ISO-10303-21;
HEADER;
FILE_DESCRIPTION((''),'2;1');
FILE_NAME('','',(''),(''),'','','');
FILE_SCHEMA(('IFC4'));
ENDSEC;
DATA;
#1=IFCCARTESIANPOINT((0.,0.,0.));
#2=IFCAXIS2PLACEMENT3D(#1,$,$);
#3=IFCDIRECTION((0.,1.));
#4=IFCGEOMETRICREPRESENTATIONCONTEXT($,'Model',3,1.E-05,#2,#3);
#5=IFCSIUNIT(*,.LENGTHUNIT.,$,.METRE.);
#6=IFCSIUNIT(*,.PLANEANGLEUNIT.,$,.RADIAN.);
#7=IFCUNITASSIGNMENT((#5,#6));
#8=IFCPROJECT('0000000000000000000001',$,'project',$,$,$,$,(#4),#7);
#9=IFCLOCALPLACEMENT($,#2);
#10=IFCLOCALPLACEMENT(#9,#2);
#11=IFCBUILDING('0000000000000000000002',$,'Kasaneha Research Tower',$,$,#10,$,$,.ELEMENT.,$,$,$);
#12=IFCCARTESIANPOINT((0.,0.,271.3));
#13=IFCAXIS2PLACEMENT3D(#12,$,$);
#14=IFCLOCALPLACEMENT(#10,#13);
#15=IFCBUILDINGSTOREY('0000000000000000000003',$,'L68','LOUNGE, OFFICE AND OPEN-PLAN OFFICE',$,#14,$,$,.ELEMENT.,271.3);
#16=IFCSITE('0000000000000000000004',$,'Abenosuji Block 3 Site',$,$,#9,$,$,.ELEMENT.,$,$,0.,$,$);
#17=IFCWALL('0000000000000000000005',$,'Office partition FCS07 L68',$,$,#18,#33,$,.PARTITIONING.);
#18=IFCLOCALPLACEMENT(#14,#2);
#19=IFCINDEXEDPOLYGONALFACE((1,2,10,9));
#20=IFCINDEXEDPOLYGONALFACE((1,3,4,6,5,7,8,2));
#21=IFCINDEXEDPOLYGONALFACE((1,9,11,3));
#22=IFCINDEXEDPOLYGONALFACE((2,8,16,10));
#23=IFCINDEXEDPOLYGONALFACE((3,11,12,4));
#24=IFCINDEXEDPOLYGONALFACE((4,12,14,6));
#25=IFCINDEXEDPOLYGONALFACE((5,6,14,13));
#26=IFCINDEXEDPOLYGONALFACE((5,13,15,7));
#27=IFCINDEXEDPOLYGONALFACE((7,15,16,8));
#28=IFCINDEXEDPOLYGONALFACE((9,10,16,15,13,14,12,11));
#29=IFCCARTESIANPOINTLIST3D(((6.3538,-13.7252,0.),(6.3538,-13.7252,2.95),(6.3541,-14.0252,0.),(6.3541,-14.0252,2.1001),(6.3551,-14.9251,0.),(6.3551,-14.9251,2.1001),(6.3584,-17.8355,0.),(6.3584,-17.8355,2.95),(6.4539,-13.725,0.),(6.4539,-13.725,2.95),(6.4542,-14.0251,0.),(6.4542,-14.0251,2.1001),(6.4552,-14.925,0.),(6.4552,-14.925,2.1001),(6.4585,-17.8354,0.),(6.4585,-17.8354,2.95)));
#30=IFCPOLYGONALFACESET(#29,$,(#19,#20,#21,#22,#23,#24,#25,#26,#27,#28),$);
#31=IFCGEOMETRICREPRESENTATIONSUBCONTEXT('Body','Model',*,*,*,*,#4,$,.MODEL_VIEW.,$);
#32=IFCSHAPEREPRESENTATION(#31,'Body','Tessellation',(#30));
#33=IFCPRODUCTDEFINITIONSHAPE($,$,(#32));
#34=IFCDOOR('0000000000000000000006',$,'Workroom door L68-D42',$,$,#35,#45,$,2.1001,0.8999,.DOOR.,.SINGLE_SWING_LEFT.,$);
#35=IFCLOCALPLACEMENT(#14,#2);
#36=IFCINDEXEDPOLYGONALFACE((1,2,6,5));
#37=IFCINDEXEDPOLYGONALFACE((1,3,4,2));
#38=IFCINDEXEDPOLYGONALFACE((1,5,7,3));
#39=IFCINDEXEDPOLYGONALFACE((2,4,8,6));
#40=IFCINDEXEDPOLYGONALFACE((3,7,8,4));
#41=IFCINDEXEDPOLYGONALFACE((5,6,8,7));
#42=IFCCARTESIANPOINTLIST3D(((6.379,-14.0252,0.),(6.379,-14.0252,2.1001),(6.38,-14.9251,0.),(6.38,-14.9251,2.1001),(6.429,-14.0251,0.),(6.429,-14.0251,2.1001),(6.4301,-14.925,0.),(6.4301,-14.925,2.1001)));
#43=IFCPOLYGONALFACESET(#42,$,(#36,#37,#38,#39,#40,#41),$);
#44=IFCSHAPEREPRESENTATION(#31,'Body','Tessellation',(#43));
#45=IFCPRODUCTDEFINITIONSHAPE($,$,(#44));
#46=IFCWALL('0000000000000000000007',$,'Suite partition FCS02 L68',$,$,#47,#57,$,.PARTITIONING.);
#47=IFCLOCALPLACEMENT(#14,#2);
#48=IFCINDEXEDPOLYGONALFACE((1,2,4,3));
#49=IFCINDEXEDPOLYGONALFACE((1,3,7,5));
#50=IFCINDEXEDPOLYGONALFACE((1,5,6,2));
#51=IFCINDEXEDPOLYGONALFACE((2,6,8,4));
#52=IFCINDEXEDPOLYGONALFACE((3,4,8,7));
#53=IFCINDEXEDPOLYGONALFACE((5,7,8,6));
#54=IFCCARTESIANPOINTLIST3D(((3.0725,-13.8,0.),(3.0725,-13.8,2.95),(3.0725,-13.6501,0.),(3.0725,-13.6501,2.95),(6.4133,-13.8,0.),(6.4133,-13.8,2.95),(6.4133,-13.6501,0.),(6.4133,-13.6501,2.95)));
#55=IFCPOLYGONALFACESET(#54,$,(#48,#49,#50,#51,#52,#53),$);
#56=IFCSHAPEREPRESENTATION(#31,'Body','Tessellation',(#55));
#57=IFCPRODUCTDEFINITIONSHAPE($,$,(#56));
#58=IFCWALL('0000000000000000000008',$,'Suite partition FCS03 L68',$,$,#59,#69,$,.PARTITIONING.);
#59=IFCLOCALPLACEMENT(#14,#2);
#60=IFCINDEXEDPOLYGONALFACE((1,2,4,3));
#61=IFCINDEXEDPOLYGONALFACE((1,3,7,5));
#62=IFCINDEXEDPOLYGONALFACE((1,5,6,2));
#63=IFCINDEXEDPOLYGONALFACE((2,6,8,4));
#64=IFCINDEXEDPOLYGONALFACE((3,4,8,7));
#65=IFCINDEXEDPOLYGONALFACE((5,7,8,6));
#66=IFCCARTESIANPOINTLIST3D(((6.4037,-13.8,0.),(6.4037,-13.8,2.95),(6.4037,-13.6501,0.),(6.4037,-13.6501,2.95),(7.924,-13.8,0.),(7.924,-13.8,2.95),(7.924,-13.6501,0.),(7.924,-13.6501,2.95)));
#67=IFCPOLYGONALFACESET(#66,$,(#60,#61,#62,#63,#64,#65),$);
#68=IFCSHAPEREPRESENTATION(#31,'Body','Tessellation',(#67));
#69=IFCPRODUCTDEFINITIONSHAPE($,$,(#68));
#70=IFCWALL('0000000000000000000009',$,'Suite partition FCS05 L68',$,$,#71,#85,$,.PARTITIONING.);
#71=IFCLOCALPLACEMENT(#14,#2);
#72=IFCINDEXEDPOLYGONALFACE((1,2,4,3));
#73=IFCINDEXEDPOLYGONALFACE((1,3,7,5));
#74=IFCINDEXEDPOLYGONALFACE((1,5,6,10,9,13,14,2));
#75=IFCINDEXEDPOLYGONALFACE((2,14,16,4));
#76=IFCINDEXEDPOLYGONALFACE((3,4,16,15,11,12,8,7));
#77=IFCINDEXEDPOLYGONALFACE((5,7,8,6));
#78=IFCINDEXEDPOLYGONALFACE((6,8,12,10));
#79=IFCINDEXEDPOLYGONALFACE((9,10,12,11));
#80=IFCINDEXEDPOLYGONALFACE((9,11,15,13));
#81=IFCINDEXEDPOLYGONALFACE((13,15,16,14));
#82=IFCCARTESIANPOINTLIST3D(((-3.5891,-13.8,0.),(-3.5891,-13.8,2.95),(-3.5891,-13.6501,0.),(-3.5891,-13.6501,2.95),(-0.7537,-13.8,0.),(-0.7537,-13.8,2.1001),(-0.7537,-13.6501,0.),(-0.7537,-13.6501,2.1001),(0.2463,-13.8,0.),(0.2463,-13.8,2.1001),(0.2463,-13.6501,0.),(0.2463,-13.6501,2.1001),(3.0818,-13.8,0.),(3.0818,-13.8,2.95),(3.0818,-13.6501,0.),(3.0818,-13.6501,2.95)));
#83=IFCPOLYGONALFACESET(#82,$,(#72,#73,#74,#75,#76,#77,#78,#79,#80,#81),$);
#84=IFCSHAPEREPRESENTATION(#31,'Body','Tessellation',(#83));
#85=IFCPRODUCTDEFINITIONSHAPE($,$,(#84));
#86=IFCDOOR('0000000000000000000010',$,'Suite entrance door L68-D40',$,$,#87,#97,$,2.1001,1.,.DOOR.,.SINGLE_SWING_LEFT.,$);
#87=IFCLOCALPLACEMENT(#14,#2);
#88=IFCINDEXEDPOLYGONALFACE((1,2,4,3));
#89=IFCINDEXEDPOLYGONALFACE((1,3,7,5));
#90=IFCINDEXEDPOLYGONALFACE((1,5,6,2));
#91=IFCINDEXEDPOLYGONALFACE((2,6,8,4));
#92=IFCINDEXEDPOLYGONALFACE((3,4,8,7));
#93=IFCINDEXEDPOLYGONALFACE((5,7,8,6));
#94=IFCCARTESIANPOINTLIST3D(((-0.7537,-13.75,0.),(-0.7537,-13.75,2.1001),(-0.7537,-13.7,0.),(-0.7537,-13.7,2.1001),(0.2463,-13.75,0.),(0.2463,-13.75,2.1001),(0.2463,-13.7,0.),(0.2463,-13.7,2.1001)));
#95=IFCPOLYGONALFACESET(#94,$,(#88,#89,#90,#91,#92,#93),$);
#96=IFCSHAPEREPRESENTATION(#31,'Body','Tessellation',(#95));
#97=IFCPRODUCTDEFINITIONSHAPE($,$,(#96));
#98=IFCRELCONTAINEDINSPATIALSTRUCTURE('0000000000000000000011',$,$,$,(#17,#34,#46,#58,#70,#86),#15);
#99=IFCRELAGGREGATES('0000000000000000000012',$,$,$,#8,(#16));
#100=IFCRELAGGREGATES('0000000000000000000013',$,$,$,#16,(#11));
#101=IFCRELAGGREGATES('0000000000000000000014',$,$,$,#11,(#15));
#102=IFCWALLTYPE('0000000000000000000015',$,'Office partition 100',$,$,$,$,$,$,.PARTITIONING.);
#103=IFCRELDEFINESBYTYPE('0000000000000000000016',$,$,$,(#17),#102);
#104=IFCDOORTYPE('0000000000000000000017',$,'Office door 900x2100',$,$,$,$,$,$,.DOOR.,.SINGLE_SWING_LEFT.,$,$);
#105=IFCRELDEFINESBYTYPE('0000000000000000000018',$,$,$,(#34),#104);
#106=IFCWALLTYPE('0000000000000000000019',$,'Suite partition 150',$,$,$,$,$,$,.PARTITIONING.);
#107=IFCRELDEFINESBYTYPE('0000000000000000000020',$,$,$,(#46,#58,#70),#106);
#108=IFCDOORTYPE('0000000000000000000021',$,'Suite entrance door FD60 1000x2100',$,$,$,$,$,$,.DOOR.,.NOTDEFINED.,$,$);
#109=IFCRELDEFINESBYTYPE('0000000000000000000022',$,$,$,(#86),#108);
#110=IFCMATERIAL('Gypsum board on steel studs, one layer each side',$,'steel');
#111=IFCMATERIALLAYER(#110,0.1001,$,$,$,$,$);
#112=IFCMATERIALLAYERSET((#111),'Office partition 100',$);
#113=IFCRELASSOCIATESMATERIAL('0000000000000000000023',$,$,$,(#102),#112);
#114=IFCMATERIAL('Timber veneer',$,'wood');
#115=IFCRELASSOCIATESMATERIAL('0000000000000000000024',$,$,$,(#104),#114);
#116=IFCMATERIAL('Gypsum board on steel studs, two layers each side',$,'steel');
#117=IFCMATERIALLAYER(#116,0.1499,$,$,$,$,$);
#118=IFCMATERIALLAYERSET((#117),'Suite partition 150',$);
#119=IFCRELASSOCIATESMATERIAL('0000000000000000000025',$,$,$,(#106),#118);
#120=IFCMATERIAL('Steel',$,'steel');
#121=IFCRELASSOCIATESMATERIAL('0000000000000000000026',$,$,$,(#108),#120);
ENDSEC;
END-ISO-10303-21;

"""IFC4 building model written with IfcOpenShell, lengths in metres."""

from ifc_helpers import new_model, si_unit, direction, frame, frame_2d, origin, place, context, subcontext, project, spatial, rectangle, extrude, material, layer, layer_set, type_object, element, fill, save


model = new_model("IFC4")

# Units and contexts
model_context = context("Model", 3, precision=1e-05, world=origin(), true_north=direction((0.0, 1.0)))
body_context = subcontext(model_context, "Body", "Model", "MODEL_VIEW")
ifc_project = project(units=[si_unit("LENGTHUNIT", "METRE"), si_unit("PLANEANGLEUNIT", "RADIAN")], contexts=[model_context])

# Site, building, storey
site_placement = place(None, origin())
site = spatial("IfcSite", under=ifc_project, at=site_placement, Name="Abenosuji Block 3 Site", CompositionType="ELEMENT", RefElevation=0.0)
building_placement = place(site_placement, origin())
building = spatial("IfcBuilding", under=site, at=building_placement, Name="Kasaneha Research Tower", CompositionType="ELEMENT")
storey_placement = place(building_placement, frame((0.0, 0.0, 271.3)))
storey = spatial("IfcBuildingStorey", under=building, at=storey_placement, Name="L68", Description="LOUNGE, OFFICE AND OPEN-PLAN OFFICE", CompositionType="ELEMENT", Elevation=271.3)

# Wall, opening, door
ifc_material_1 = material(Name="Gypsum board on steel studs, one layer each side", Category="steel")
ifc_layer_1 = layer(ifc_material_1, 0.1001)
ifc_layer_set_1 = layer_set([ifc_layer_1], Name="Office partition 100")
wall_type_1 = type_object("IfcWallType", Name="Office partition 100", PredefinedType="PARTITIONING", material=ifc_layer_set_1)
wall_1_placement = place(storey_placement, frame((6.4038, -13.7251, 0.0), z_axis=(0.0, 0.0, 1.0), x_axis=(0.001129, -0.999999, 0.0)))
wall_1 = element("IfcWall", 1, at=wall_1_placement, inside=storey, type_object=wall_type_1, Name="Office partition FCS07 L68", PredefinedType="PARTITIONING", context=body_context, shape_type="SweptSolid", body=[
    extrude(rectangle(XDim=4.1104, YDim=0.1001, at=frame_2d((2.0552, 0.0))), origin(), (0.0, 0.0, 1.0), 2.95),
])
opening_1_placement = place(wall_1_placement, frame((0.3, 0.0, 0.0)))
opening_1 = element("IfcOpeningElement", 2, at=opening_1_placement, cuts=wall_1, PredefinedType="OPENING", context=body_context, shape_type="SweptSolid", body=[
    extrude(rectangle(XDim=0.8999, YDim=2.1001, at=frame_2d((0.45, 1.05))), frame((0.0, 0.0601, 0.0), z_axis=(0.0, -1.0, 0.0), x_axis=(1.0, 0.0, 0.0)), (0.0, 0.0, 1.0), 0.1201),
])
ifc_material_2 = material(Name="Timber veneer", Category="wood")
door_type_1 = type_object("IfcDoorType", Name="Office door 900x2100", OperationType="SINGLE_SWING_LEFT", PredefinedType="DOOR", material=ifc_material_2)
door_1_placement = place(opening_1_placement, origin())
door_1 = element("IfcDoor", 3, at=door_1_placement, inside=storey, type_object=door_type_1, Name="Workroom door L68-D42", OperationType="SINGLE_SWING_LEFT", OverallHeight=2.1001, OverallWidth=0.8999, PredefinedType="DOOR", context=body_context, shape_type="SweptSolid", body=[
    extrude(rectangle(XDim=0.8999, YDim=2.1001, at=frame_2d((0.45, 1.05))), frame((0.0, 0.0249, 0.0), z_axis=(0.0, -1.0, 0.0), x_axis=(1.0, 0.0, 0.0)), (0.0, 0.0, 1.0), 0.05),
])
fill(opening_1, door_1)

# Walls
ifc_material_3 = material(Name="Gypsum board on steel studs, two layers each side", Category="steel")
ifc_layer_2 = layer(ifc_material_3, 0.1499)
ifc_layer_set_2 = layer_set([ifc_layer_2], Name="Suite partition 150")
wall_type_2 = type_object("IfcWallType", Name="Suite partition 150", PredefinedType="PARTITIONING", material=ifc_layer_set_2)
wall_2_placement = place(storey_placement, frame((6.4133, -13.7251, 0.0), z_axis=(0.0, 0.0, 1.0), x_axis=(-1.0, 0.0, 0.0)))
element("IfcWall", 4, at=wall_2_placement, inside=storey, type_object=wall_type_2, Name="Suite partition FCS02 L68", PredefinedType="PARTITIONING", context=body_context, shape_type="SweptSolid", body=[
    extrude(rectangle(XDim=3.3408, YDim=0.1499, at=frame_2d((1.6704, 0.0))), origin(), (0.0, 0.0, 1.0), 2.95),
])
wall_3_placement = place(storey_placement, frame((7.9241, -13.7251, 0.0), z_axis=(0.0, 0.0, 1.0), x_axis=(-1.0, 0.0, 0.0)))
element("IfcWall", 5, at=wall_3_placement, inside=storey, type_object=wall_type_2, Name="Suite partition FCS03 L68", PredefinedType="PARTITIONING", context=body_context, shape_type="SweptSolid", body=[
    extrude(rectangle(XDim=1.5203, YDim=0.1499, at=frame_2d((0.7603, 0.0))), origin(), (0.0, 0.0, 1.0), 2.95),
])

# Wall, opening, door
wall_4_placement = place(storey_placement, frame((3.0818, -13.7251, 0.0), z_axis=(0.0, 0.0, 1.0), x_axis=(-1.0, 0.0, 0.0)))
wall_4 = element("IfcWall", 6, at=wall_4_placement, inside=storey, type_object=wall_type_2, Name="Suite partition FCS05 L68", PredefinedType="PARTITIONING", context=body_context, shape_type="SweptSolid", body=[
    extrude(rectangle(XDim=6.6709, YDim=0.1499, at=frame_2d((3.3354, 0.0))), origin(), (0.0, 0.0, 1.0), 2.95),
])
opening_2_placement = place(wall_4_placement, frame((2.8354, 0.0, 0.0)))
opening_2 = element("IfcOpeningElement", 7, at=opening_2_placement, cuts=wall_4, PredefinedType="OPENING", context=body_context, shape_type="SweptSolid", body=[
    extrude(rectangle(XDim=1.0, YDim=2.1001, at=frame_2d((0.5, 1.05))), frame((0.0, 0.085, 0.0), z_axis=(0.0, -1.0, 0.0), x_axis=(1.0, 0.0, 0.0)), (0.0, 0.0, 1.0), 0.1699),
])
ifc_material_4 = material(Name="Steel", Category="steel")
door_type_2 = type_object("IfcDoorType", Name="Suite entrance door FD60 1000x2100", OperationType="NOTDEFINED", PredefinedType="DOOR", material=ifc_material_4)
door_2_placement = place(opening_2_placement, origin())
door_2 = element("IfcDoor", 8, at=door_2_placement, inside=storey, type_object=door_type_2, Name="Suite entrance door L68-D40", OperationType="SINGLE_SWING_LEFT", OverallHeight=2.1001, OverallWidth=1.0, PredefinedType="DOOR", context=body_context, shape_type="SweptSolid", body=[
    extrude(rectangle(XDim=1.0, YDim=2.1001, at=frame_2d((0.5, 1.05))), frame((0.0, 0.0249, 0.0), z_axis=(0.0, -1.0, 0.0), x_axis=(1.0, 0.0, 0.0)), (0.0, 0.0, 1.0), 0.05),
])
fill(opening_2, door_2)

save(model, "model.ifc")
